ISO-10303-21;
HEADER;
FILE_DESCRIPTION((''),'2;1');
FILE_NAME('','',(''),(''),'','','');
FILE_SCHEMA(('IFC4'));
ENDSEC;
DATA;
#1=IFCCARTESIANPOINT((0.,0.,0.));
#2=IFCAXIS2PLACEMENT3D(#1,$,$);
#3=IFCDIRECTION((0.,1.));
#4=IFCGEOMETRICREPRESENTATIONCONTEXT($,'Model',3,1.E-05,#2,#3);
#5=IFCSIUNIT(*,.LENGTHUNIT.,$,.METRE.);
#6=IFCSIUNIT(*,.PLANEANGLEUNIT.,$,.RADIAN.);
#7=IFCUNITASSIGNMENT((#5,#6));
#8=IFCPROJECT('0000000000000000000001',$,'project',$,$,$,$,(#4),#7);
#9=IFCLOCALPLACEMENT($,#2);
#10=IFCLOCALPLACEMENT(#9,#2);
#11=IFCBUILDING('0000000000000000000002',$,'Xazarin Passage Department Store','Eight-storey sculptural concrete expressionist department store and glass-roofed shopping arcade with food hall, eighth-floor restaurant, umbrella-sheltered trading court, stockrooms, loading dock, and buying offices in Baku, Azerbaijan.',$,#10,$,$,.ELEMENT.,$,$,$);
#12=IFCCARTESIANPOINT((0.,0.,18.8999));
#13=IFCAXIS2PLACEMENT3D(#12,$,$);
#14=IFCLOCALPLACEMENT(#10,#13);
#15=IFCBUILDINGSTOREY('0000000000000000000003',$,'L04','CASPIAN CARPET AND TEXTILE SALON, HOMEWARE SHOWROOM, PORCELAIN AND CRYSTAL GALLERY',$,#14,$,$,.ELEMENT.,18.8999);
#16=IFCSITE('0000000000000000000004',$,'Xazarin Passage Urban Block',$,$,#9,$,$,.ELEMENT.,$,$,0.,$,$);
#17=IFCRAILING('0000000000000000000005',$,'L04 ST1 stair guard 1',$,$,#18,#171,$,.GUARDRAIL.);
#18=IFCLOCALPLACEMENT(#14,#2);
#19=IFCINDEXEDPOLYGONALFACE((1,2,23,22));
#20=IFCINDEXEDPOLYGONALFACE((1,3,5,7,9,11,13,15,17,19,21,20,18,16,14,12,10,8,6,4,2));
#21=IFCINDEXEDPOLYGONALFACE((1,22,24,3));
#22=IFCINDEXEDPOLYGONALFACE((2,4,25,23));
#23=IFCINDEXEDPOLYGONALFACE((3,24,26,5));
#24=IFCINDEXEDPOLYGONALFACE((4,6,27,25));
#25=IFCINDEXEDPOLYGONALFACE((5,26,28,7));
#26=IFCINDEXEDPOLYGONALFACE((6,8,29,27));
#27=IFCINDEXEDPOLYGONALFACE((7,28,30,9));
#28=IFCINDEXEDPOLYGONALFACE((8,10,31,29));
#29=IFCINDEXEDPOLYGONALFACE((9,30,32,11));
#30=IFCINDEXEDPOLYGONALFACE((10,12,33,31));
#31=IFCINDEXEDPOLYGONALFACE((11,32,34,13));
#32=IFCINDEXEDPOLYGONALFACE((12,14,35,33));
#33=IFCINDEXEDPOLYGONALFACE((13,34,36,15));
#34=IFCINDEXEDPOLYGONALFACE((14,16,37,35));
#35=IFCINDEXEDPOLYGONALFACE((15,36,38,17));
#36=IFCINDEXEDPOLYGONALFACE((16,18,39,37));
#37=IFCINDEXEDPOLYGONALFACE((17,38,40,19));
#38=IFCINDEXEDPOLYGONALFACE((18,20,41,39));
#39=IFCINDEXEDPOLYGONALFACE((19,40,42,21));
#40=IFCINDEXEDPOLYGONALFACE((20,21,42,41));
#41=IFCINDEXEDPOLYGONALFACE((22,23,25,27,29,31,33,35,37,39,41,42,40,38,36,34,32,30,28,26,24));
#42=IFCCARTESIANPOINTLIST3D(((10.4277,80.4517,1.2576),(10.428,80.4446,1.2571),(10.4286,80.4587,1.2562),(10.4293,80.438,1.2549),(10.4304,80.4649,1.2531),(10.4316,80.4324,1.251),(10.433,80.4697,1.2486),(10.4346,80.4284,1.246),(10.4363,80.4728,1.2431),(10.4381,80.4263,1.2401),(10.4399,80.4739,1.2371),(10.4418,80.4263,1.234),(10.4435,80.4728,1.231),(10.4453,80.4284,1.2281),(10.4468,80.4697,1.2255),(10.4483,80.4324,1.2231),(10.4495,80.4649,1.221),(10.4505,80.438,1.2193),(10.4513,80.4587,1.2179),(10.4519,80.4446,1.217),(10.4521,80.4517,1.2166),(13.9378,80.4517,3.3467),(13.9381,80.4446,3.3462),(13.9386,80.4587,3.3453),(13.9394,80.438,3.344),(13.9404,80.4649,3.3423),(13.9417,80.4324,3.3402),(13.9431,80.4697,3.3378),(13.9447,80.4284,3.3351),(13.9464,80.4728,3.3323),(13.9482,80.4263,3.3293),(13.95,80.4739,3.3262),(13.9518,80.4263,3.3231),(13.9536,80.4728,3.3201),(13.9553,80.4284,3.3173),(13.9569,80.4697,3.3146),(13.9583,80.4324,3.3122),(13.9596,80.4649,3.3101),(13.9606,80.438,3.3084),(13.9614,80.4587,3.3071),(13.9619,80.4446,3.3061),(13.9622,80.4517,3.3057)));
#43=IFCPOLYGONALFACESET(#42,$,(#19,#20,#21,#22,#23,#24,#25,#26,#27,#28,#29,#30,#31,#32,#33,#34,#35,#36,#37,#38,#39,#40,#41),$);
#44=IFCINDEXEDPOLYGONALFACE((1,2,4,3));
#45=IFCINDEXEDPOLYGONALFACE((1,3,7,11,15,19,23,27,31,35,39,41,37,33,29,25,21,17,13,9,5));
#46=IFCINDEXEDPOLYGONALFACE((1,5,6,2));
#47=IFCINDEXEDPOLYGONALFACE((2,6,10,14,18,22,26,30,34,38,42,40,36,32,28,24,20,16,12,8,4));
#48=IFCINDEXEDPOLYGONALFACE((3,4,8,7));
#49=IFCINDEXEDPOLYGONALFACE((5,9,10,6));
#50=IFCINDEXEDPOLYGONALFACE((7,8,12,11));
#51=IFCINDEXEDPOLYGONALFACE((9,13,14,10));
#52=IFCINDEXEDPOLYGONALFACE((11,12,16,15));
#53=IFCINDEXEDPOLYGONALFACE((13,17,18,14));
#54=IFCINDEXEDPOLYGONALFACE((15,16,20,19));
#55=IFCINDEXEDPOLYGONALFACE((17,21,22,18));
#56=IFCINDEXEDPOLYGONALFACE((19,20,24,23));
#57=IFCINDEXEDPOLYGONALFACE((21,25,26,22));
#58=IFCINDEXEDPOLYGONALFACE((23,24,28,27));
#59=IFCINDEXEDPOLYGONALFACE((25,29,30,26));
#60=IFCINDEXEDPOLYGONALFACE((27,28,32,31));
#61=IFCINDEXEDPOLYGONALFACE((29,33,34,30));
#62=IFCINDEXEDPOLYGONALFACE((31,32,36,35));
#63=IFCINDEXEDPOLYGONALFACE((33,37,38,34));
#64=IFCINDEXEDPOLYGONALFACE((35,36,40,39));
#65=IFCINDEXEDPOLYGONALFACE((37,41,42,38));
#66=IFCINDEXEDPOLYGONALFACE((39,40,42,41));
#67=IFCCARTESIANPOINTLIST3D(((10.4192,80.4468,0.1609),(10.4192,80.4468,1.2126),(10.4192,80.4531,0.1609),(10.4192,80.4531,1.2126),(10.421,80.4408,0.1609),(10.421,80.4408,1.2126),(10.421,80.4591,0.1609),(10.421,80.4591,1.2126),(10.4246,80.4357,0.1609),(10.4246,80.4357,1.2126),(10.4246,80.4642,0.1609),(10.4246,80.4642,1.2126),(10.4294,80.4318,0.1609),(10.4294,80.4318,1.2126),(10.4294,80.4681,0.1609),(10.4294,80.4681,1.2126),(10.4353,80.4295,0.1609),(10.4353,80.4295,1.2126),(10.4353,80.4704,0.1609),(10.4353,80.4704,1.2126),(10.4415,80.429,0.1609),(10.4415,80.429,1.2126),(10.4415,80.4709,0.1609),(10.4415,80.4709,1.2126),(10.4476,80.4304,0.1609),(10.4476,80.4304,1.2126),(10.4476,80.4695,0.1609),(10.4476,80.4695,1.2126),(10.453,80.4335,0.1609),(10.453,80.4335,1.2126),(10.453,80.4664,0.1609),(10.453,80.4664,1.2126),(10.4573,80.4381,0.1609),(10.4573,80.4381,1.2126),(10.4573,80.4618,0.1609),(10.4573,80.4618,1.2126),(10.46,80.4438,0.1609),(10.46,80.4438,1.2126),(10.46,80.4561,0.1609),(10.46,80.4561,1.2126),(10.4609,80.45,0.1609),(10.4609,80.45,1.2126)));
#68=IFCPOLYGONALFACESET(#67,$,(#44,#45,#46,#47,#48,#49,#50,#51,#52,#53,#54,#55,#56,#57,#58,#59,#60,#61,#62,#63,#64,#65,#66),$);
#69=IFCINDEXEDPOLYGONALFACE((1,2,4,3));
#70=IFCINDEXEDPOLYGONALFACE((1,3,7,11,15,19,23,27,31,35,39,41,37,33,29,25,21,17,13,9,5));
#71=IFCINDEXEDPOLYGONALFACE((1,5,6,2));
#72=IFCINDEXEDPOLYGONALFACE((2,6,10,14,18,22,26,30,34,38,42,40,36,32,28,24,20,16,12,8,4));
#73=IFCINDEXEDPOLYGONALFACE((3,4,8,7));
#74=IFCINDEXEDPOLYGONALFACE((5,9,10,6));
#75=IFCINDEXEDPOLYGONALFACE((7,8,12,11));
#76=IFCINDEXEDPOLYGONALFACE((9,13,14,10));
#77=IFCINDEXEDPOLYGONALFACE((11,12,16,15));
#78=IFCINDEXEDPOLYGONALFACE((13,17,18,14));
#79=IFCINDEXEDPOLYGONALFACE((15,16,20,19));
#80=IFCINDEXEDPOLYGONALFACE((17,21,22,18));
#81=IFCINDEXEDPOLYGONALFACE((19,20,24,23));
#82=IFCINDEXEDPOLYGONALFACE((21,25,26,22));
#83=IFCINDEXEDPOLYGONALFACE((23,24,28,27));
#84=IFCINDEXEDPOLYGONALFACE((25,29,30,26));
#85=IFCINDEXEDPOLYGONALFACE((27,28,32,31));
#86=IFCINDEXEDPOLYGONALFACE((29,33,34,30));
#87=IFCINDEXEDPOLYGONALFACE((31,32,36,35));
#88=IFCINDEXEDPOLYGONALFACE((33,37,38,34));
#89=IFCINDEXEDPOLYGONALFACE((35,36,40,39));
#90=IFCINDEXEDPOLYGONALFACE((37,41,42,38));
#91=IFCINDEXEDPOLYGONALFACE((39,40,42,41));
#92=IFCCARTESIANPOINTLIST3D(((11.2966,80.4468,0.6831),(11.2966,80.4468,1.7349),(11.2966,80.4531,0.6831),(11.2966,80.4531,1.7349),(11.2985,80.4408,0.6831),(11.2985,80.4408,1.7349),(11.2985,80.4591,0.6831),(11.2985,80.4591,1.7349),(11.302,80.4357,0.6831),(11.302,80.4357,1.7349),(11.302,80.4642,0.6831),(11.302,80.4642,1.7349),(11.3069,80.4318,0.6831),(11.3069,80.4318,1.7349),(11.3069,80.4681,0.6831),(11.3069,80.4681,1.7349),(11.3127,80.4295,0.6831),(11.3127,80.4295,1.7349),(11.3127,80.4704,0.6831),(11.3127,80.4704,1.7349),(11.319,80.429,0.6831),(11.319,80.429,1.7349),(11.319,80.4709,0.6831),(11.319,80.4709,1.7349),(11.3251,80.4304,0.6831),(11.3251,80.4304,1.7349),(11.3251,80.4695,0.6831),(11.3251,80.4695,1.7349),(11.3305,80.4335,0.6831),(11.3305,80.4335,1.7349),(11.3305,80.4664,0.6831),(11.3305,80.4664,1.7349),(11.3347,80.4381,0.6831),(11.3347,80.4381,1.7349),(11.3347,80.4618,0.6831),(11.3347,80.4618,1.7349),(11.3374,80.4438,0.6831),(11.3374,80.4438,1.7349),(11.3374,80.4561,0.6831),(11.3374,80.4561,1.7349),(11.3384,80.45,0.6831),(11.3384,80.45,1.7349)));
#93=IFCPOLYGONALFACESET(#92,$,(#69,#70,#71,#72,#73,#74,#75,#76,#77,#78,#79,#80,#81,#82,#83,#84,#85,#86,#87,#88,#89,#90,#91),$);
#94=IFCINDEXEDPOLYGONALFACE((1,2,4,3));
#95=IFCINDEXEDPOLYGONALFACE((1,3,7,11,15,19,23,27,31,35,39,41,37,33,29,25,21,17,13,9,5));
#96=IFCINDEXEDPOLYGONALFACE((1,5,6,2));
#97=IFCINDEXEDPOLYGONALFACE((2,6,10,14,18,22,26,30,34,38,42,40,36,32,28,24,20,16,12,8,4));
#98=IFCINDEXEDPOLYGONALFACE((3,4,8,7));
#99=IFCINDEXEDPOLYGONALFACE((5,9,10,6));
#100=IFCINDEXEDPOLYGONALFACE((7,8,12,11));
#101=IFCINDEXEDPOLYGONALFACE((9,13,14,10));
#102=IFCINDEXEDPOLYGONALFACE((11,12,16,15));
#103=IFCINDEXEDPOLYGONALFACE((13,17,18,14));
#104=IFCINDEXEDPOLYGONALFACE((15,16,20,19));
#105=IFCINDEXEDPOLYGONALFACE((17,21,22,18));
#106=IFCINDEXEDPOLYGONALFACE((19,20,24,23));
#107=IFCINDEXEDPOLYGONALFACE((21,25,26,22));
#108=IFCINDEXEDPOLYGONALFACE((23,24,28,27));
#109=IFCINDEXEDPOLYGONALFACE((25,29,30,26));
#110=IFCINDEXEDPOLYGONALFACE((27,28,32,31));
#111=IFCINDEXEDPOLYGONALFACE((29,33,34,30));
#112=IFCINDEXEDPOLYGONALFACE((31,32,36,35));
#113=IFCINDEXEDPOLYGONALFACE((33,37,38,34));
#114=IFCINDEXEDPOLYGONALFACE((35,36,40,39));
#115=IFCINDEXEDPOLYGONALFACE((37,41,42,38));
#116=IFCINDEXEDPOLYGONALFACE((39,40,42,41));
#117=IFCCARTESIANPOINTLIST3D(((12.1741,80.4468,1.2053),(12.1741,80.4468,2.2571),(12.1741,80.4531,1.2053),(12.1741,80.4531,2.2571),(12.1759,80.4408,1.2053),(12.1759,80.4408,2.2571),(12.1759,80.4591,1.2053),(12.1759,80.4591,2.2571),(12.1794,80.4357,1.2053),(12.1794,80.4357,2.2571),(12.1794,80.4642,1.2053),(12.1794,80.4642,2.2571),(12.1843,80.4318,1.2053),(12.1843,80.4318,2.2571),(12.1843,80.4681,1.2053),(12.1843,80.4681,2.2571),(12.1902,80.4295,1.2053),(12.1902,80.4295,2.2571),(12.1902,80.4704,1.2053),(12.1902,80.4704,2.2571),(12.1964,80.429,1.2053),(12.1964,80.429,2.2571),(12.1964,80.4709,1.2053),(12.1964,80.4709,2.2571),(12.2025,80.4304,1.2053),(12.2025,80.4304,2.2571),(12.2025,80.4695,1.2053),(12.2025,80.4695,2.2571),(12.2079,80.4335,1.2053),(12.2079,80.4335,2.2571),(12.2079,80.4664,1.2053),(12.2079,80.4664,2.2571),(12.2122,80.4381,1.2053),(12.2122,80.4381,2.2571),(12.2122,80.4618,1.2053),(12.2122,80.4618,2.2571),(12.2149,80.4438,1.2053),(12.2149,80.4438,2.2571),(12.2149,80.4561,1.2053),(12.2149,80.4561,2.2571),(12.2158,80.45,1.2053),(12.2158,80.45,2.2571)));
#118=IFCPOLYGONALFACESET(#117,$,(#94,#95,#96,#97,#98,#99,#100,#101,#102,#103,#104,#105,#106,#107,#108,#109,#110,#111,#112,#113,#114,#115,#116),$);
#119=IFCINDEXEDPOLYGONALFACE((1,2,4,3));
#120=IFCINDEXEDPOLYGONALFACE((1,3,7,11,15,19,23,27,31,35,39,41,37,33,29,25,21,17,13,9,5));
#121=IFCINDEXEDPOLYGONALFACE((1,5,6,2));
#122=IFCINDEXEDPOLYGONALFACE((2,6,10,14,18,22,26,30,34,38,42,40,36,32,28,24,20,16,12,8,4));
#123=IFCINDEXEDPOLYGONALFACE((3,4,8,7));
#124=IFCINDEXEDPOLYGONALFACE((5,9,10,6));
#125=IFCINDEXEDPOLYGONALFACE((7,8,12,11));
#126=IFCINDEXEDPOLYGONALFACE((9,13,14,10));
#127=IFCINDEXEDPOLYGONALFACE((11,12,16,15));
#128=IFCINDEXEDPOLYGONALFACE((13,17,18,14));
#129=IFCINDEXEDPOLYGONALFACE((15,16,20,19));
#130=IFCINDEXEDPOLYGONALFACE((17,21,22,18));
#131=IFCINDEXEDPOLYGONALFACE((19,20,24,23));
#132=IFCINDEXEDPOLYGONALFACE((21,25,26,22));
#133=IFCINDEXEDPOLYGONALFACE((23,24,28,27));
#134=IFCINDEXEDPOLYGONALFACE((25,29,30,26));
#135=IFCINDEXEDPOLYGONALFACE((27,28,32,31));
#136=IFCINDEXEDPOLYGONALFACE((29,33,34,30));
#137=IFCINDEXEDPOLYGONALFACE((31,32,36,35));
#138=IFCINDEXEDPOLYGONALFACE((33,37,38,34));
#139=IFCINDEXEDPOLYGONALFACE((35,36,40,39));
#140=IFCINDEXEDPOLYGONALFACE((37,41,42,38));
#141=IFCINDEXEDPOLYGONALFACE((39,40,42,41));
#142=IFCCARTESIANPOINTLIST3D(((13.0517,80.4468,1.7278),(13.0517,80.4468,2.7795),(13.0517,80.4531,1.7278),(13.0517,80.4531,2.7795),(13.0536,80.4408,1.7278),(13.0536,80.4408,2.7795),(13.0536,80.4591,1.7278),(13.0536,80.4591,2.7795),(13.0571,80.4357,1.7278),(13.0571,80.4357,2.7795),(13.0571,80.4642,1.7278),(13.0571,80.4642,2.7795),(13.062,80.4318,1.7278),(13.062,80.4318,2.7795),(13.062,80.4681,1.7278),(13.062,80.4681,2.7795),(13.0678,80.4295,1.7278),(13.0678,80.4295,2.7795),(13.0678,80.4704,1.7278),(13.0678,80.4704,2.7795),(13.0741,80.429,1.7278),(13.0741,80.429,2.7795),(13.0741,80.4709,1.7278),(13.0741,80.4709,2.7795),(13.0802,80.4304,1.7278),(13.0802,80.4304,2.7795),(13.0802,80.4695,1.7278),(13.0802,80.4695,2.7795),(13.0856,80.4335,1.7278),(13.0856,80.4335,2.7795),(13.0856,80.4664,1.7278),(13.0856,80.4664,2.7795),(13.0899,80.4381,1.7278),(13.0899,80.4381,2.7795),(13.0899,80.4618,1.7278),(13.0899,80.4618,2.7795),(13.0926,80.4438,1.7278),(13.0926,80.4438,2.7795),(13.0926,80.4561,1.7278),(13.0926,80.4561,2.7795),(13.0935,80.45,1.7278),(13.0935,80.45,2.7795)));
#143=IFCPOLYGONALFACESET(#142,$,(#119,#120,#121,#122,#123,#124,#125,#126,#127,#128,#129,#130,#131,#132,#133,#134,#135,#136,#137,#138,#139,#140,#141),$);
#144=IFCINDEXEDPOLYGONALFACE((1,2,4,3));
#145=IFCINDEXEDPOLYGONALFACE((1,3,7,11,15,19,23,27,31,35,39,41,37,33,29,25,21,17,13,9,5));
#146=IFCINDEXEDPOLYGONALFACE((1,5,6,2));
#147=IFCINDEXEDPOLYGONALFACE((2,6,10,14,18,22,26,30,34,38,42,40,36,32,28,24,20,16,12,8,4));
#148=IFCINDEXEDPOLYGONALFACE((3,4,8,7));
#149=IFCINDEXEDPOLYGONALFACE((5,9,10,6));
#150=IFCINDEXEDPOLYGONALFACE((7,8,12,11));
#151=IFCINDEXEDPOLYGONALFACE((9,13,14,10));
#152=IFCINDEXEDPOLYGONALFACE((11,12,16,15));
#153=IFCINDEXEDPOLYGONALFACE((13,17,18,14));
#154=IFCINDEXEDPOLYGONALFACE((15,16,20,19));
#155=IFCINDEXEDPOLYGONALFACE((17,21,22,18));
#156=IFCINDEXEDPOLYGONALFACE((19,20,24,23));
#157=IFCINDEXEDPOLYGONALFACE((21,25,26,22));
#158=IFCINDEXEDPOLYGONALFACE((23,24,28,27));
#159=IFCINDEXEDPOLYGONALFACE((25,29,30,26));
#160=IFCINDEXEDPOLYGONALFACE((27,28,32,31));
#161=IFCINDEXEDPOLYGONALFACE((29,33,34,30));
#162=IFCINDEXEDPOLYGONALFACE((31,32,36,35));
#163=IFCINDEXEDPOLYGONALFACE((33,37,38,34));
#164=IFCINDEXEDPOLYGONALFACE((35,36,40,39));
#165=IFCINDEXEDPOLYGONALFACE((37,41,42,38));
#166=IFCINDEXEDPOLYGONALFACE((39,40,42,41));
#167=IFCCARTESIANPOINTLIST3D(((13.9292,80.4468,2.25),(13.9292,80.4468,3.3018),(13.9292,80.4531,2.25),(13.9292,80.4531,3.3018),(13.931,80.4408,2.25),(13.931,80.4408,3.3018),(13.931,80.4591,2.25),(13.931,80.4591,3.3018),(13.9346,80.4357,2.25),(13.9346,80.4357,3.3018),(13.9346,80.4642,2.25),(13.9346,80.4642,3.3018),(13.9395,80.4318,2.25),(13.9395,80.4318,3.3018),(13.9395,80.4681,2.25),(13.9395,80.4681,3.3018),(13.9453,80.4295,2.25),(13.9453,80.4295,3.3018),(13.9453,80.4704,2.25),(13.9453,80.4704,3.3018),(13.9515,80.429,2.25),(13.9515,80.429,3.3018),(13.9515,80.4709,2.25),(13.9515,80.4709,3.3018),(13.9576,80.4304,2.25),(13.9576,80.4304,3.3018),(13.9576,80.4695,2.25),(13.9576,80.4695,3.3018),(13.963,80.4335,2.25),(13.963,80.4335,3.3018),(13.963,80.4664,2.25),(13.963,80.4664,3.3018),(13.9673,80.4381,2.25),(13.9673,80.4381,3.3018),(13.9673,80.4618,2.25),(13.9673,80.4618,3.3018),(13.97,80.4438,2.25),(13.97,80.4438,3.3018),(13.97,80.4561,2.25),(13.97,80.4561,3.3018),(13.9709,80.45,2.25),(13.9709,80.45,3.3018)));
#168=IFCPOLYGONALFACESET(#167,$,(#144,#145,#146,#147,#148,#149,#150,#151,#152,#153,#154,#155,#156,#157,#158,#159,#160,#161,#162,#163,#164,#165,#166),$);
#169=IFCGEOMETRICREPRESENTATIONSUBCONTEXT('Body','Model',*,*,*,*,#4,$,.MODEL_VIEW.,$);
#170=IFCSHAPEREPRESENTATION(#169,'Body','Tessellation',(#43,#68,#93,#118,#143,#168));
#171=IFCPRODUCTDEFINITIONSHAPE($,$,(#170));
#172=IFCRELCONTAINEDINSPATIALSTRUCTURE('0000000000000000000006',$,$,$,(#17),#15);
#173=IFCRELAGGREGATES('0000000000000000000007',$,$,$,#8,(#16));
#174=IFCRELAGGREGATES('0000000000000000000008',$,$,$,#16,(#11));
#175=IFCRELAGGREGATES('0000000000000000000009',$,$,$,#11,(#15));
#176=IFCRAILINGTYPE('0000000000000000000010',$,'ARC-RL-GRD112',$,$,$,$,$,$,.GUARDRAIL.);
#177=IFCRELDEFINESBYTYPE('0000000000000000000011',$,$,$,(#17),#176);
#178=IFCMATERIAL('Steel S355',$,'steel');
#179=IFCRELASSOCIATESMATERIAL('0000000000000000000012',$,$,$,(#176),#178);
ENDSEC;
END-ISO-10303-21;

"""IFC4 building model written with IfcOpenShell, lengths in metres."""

from ifc_helpers import new_model, si_unit, direction, frame, origin, origin_2d, place, context, subcontext, project, spatial, circle, extrude, material, type_object, element, save


model = new_model("IFC4")

# Units and contexts
model_context = context("Model", 3, precision=1e-05, world=origin(), true_north=direction((0.0, 1.0)))
body_context = subcontext(model_context, "Body", "Model", "MODEL_VIEW")
ifc_project = project(units=[si_unit("LENGTHUNIT", "METRE"), si_unit("PLANEANGLEUNIT", "RADIAN")], contexts=[model_context])

# Site, building, storey
site_placement = place(None, origin())
site = spatial("IfcSite", under=ifc_project, at=site_placement, Name="Xazarin Passage Urban Block", CompositionType="ELEMENT", RefElevation=0.0)
building_placement = place(site_placement, origin())
building = spatial("IfcBuilding", under=site, at=building_placement, Name="Xazarin Passage Department Store", Description="Eight-storey sculptural concrete expressionist department store and glass-roofed shopping arcade with food hall, eighth-floor restaurant, umbrella-sheltered trading court, stockrooms, loading dock, and buying offices in Baku, Azerbaijan.", CompositionType="ELEMENT")
storey_placement = place(building_placement, frame((0.0, 0.0, 18.8999)))
storey = spatial("IfcBuildingStorey", under=building, at=storey_placement, Name="L04", Description="CASPIAN CARPET AND TEXTILE SALON, HOMEWARE SHOWROOM, PORCELAIN AND CRYSTAL GALLERY", CompositionType="ELEMENT", Elevation=18.8999)

# Shared definitions
ifc_material_1 = material(Name="Steel S355", Category="steel")

# Railing
railing_type_1 = type_object("IfcRailingType", Name="ARC-RL-GRD112", PredefinedType="GUARDRAIL", material=ifc_material_1)
railing_1_placement = place(storey_placement, frame((10.4399, 80.45, 0.1609)))
element("IfcRailing", 1, at=railing_1_placement, inside=storey, type_object=railing_type_1, Name="L04 ST1 stair guard 1", PredefinedType="GUARDRAIL", context=body_context, shape_type="SweptSolid", body=[
    extrude(circle(Radius=0.0239, at=origin_2d()), frame((0.0, 0.0, 1.0762), z_axis=(0.859312, 0.0, 0.511451), x_axis=(0.0, 1.0, 0.0)), (0.0, 0.0, 1.0), 4.0847),
    extrude(circle(Radius=0.021, at=origin_2d()), origin(), (0.0, 0.0, 1.0), 1.0518),
    extrude(circle(Radius=0.021, at=origin_2d()), frame((0.8774, 0.0, 0.5222)), (0.0, 0.0, 1.0), 1.0518),
    extrude(circle(Radius=0.021, at=origin_2d()), frame((1.7549, 0.0, 1.0444)), (0.0, 0.0, 1.0), 1.0518),
    extrude(circle(Radius=0.021, at=origin_2d()), frame((2.6326, 0.0, 1.5669)), (0.0, 0.0, 1.0), 1.0518),
    extrude(circle(Radius=0.021, at=origin_2d()), frame((3.51, 0.0, 2.0891)), (0.0, 0.0, 1.0), 1.0518),
])

save(model, "model.ifc")
